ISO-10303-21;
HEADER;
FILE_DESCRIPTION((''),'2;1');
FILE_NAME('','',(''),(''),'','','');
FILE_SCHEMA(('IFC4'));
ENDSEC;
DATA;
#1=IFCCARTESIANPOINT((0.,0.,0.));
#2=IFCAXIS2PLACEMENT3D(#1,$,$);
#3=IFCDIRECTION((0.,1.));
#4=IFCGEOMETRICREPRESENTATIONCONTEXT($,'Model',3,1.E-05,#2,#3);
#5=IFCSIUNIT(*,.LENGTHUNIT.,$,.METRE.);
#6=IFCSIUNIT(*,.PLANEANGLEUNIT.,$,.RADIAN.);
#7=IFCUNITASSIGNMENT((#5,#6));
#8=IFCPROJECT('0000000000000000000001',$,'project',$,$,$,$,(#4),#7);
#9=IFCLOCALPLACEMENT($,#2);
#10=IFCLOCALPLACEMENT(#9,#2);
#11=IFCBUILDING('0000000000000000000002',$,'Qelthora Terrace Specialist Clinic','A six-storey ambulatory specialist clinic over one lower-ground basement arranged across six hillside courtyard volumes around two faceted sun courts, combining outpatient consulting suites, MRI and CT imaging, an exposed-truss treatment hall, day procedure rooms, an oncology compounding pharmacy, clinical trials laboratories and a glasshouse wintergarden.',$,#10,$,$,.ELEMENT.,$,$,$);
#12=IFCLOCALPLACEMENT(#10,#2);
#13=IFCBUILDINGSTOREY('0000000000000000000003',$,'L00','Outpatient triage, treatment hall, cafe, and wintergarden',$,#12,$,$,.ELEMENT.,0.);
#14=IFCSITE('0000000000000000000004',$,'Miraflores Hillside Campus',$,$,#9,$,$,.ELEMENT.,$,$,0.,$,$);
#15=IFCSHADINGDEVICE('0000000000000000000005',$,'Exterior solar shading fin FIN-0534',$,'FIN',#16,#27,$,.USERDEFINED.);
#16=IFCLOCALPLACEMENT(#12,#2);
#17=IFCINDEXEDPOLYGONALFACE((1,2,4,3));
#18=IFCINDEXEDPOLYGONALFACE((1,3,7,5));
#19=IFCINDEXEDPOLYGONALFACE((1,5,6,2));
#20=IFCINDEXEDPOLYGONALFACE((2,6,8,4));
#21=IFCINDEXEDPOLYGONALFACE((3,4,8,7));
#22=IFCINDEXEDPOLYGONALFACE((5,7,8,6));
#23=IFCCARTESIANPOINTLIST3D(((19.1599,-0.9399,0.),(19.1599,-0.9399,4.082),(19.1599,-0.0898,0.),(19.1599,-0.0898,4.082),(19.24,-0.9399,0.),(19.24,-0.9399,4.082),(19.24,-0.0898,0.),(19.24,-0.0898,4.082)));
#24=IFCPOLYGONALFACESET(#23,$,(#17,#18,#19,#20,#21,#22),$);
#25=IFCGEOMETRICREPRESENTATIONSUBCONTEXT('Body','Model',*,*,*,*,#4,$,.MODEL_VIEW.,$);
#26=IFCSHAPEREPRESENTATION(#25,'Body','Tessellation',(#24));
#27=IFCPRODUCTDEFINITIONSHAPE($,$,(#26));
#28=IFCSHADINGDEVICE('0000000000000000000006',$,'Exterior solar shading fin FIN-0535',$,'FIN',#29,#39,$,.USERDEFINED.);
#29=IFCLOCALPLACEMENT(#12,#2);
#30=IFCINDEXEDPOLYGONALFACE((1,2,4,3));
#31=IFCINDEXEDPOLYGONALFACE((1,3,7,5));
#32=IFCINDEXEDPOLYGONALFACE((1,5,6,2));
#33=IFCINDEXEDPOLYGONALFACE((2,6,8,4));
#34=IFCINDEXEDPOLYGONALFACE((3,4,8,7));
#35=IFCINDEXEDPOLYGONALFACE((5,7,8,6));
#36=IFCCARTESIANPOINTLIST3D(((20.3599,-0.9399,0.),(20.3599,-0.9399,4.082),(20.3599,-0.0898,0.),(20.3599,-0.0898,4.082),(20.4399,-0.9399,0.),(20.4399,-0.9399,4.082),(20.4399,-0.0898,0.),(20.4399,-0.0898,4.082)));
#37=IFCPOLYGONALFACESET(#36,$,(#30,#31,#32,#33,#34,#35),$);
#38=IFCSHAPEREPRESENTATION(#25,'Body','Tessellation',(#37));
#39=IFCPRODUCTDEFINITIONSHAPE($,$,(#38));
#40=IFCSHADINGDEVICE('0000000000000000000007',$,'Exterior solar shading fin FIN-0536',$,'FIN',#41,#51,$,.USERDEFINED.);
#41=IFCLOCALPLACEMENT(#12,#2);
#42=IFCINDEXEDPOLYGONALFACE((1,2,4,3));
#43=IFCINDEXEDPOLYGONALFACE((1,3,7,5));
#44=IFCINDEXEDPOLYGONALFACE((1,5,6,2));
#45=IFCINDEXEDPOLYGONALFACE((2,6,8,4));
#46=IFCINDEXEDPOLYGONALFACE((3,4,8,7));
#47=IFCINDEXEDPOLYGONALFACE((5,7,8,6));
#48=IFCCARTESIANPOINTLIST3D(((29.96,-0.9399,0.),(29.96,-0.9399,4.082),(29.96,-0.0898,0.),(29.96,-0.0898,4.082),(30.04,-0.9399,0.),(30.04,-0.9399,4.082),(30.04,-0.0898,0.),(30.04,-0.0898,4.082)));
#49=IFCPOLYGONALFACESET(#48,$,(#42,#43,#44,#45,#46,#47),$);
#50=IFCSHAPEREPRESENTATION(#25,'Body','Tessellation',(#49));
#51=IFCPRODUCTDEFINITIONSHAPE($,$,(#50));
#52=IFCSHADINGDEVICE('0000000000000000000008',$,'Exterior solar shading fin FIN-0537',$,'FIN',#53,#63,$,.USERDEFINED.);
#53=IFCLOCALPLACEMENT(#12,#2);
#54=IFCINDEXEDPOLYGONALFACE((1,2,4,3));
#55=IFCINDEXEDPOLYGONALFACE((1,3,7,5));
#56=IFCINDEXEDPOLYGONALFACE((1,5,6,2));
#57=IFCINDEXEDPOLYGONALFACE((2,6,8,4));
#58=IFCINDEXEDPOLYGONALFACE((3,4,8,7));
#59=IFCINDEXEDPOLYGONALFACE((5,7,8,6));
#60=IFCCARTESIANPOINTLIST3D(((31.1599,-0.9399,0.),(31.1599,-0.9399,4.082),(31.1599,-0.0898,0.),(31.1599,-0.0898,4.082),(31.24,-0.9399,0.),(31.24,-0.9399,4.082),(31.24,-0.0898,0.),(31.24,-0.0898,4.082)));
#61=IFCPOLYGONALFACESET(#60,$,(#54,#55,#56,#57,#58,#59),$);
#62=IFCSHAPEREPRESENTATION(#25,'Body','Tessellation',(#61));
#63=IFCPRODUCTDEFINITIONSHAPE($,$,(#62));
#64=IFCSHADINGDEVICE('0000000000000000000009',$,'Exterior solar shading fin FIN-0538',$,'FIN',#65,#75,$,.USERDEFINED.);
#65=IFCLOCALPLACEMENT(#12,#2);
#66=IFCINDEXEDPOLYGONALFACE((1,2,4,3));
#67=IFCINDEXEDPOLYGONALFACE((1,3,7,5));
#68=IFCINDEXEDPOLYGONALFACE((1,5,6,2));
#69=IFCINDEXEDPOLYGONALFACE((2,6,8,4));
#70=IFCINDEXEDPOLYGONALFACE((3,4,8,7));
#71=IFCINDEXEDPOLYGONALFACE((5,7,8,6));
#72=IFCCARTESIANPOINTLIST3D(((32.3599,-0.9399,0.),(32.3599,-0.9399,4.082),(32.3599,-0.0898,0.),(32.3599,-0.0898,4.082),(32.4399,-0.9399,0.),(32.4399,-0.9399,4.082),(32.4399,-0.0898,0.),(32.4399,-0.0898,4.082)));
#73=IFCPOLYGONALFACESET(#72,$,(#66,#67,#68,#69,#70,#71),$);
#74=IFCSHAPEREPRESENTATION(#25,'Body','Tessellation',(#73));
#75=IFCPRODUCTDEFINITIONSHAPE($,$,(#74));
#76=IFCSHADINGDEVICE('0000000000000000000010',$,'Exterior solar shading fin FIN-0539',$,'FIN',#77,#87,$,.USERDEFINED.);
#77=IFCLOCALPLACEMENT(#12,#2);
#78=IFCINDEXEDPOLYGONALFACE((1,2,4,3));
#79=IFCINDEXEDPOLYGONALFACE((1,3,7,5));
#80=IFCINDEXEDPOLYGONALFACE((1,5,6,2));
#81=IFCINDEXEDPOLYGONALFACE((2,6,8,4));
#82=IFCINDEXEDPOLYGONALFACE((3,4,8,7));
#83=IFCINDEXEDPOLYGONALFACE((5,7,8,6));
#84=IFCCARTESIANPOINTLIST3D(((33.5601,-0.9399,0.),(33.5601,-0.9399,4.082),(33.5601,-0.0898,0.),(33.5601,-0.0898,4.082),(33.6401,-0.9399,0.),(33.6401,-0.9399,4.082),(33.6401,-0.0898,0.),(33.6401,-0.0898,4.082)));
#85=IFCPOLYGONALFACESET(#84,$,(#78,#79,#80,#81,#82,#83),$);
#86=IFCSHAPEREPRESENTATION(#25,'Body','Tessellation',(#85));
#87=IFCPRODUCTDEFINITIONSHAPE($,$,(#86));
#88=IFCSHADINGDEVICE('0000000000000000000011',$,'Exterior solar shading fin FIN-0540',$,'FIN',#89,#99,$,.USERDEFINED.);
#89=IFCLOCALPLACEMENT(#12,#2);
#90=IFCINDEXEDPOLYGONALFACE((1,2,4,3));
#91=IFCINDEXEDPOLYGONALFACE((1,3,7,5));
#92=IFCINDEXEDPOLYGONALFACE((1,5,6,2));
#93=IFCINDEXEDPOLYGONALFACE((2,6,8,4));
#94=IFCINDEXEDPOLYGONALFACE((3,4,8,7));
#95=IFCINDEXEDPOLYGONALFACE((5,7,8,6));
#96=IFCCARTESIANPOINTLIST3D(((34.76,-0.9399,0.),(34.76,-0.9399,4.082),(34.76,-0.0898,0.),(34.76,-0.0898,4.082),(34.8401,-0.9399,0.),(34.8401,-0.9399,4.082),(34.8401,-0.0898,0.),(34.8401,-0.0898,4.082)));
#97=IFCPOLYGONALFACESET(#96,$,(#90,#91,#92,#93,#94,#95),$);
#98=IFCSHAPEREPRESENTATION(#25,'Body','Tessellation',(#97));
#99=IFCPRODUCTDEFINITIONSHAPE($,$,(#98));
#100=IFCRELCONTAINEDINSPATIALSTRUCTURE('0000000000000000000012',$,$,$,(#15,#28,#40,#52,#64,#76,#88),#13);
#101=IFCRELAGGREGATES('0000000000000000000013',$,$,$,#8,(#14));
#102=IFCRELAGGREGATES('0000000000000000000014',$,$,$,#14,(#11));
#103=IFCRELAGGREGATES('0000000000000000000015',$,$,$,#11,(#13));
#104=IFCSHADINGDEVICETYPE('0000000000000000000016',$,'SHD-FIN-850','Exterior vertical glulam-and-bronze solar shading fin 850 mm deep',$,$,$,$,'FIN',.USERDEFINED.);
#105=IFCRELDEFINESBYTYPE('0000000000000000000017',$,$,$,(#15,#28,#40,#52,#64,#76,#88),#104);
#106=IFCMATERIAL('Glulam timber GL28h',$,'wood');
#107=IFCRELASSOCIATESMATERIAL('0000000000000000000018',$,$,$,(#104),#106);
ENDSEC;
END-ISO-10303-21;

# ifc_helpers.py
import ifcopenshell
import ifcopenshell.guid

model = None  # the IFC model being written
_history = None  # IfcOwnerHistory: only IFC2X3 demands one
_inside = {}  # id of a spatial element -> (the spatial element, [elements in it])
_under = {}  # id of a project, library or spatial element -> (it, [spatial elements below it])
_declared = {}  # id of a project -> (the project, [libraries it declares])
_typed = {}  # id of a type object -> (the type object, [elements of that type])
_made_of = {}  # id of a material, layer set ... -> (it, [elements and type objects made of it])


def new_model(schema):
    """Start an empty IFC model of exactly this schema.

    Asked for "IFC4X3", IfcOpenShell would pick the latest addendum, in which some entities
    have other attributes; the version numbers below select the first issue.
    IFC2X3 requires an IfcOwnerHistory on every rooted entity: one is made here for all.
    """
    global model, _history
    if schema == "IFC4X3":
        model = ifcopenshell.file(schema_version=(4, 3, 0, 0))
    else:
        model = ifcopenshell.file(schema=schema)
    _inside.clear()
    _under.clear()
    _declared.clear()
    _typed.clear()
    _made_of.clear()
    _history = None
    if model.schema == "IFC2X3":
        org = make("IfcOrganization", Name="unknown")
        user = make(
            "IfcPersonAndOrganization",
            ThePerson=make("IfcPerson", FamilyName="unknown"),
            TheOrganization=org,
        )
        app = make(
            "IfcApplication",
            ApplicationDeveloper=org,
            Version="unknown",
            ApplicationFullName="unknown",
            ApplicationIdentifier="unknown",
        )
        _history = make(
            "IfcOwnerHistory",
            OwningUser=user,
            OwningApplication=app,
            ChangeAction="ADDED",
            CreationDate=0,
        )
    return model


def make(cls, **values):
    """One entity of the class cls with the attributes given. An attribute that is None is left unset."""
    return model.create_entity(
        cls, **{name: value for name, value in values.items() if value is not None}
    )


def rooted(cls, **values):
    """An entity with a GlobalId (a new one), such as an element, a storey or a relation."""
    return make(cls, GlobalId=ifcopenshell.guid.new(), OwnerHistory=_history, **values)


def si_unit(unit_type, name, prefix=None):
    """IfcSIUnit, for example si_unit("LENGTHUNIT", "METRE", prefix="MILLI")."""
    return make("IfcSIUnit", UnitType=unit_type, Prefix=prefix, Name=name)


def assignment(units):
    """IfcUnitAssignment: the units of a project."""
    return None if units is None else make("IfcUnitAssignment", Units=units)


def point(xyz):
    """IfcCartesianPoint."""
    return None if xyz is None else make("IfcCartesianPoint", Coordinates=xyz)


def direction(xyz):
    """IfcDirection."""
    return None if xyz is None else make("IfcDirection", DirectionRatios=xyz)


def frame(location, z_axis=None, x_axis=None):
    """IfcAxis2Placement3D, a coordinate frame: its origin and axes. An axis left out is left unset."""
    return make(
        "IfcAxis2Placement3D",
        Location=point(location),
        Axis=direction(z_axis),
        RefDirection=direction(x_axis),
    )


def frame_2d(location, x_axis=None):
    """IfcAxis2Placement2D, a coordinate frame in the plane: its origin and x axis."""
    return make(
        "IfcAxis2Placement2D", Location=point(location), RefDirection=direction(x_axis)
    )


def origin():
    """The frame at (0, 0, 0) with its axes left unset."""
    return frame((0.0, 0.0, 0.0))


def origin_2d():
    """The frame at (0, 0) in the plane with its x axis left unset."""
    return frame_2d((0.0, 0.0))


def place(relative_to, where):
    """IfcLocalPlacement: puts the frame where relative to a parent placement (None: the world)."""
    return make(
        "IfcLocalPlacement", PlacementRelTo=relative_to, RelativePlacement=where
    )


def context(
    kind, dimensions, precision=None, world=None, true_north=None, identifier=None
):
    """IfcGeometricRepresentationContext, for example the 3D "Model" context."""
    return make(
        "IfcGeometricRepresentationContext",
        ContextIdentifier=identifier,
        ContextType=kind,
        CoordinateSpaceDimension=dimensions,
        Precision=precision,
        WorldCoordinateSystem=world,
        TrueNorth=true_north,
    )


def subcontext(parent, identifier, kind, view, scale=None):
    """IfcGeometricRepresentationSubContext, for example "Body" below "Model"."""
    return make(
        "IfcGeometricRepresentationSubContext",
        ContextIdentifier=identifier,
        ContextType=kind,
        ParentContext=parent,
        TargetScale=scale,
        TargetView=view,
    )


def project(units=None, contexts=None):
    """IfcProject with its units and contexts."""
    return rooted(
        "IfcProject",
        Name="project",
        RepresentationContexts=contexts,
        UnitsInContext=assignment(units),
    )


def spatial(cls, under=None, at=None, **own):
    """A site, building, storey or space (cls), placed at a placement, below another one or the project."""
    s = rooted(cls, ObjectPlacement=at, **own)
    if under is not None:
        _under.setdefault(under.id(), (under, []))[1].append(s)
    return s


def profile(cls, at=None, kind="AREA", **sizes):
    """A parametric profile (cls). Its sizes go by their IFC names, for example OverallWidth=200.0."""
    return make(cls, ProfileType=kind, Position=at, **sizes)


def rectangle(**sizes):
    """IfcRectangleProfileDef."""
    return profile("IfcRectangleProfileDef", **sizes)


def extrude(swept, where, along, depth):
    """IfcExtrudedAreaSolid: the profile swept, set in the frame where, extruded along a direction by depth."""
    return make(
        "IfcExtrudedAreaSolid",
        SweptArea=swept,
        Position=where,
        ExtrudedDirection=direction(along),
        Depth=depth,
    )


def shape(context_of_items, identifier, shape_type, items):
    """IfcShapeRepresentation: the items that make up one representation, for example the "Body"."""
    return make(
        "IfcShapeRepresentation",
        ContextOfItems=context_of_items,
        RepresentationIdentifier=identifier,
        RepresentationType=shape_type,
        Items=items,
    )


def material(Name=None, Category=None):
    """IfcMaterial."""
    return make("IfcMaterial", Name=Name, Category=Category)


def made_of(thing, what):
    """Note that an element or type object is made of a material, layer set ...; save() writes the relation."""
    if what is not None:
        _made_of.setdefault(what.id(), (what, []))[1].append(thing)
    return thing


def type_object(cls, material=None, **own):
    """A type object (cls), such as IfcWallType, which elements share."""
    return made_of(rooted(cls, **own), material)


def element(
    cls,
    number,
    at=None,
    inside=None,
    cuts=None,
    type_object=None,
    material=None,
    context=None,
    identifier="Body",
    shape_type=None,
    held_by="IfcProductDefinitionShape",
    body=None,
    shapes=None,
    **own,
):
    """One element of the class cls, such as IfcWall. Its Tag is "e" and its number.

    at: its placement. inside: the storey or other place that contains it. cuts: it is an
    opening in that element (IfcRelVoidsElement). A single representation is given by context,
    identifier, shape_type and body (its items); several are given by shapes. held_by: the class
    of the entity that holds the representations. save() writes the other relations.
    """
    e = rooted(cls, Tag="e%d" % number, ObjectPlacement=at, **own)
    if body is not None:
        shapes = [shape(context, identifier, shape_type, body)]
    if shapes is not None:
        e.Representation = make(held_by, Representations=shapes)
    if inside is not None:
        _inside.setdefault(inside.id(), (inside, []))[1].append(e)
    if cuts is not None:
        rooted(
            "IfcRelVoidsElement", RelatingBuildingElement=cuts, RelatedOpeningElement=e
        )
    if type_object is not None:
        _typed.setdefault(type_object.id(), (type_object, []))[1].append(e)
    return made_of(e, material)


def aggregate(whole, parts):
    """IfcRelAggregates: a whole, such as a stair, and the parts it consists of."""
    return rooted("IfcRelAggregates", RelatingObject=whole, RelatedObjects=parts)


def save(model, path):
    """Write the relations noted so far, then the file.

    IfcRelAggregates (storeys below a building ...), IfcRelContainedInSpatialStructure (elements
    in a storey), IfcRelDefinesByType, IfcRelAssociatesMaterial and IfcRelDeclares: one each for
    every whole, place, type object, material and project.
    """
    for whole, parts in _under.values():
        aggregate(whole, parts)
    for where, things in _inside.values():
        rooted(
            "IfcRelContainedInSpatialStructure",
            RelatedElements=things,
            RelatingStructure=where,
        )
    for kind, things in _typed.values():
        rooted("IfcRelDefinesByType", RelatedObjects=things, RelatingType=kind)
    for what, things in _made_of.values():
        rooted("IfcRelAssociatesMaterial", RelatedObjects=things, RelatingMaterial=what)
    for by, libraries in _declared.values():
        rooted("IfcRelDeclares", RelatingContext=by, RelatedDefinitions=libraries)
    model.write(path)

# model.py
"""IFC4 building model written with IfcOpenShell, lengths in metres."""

from ifc_helpers import new_model, si_unit, direction, frame, origin, origin_2d, place, context, subcontext, project, spatial, rectangle, extrude, material, type_object, element, save


model = new_model("IFC4")

# Units and contexts
model_context = context("Model", 3, precision=1e-05, world=origin(), true_north=direction((0.0, 1.0)))
body_context = subcontext(model_context, "Body", "Model", "MODEL_VIEW")
ifc_project = project(units=[si_unit("LENGTHUNIT", "METRE"), si_unit("PLANEANGLEUNIT", "RADIAN")], contexts=[model_context])

# Site, building, storey
site_placement = place(None, origin())
site = spatial("IfcSite", under=ifc_project, at=site_placement, Name="Miraflores Hillside Campus", CompositionType="ELEMENT", RefElevation=0.0)
building_placement = place(site_placement, origin())
building = spatial("IfcBuilding", under=site, at=building_placement, Name="Qelthora Terrace Specialist Clinic", Description="A six-storey ambulatory specialist clinic over one lower-ground basement arranged across six hillside courtyard volumes around two faceted sun courts, combining outpatient consulting suites, MRI and CT imaging, an exposed-truss treatment hall, day procedure rooms, an oncology compounding pharmacy, clinical trials laboratories and a glasshouse wintergarden.", CompositionType="ELEMENT")
storey_placement = place(building_placement, origin())
storey = spatial("IfcBuildingStorey", under=building, at=storey_placement, Name="L00", Description="Outpatient triage, treatment hall, cafe, and wintergarden", CompositionType="ELEMENT", Elevation=0.0)

# Shading devices
ifc_material_1 = material(Name="Glulam timber GL28h", Category="wood")
shading_device_type = type_object("IfcShadingDeviceType", Name="SHD-FIN-850", Description="Exterior vertical glulam-and-bronze solar shading fin 850 mm deep", ElementType="FIN", PredefinedType="USERDEFINED", material=ifc_material_1)
for number, where, z_axis, x_axis, name in (
    (1, (19.2, -0.5149, 0.0), (0.0, 0.0, 1.0), (0.0, -1.0, 0.0), "Exterior solar shading fin FIN-0534"),
    (2, (20.3999, -0.5149, 0.0), (0.0, 0.0, 1.0), (0.0, -1.0, 0.0), "Exterior solar shading fin FIN-0535"),
    (3, (30.0, -0.5149, 0.0), (0.0, 0.0, 1.0), (0.0, -1.0, 0.0), "Exterior solar shading fin FIN-0536"),
    (4, (31.2, -0.5149, 0.0), (0.0, 0.0, 1.0), (0.0, -1.0, 0.0), "Exterior solar shading fin FIN-0537"),
    (5, (32.3999, -0.5149, 0.0), (0.0, 0.0, 1.0), (0.0, -1.0, 0.0), "Exterior solar shading fin FIN-0538"),
    (6, (33.6001, -0.5149, 0.0), (0.0, 0.0, 1.0), (0.0, -1.0, 0.0), "Exterior solar shading fin FIN-0539"),
    (7, (34.8, -0.5149, 0.0), (0.0, 0.0, 1.0), (0.0, -1.0, 0.0), "Exterior solar shading fin FIN-0540"),
):
    element("IfcShadingDevice", number, at=place(storey_placement, frame(where, z_axis=z_axis, x_axis=x_axis)), inside=storey, type_object=shading_device_type, Name=name, ObjectType="FIN", PredefinedType="USERDEFINED", context=body_context, shape_type="SweptSolid", body=[
        extrude(rectangle(XDim=0.8501, YDim=0.0801, at=origin_2d()), origin(), (0.0, 0.0, 1.0), 4.082),
    ])

save(model, "model.ifc")
